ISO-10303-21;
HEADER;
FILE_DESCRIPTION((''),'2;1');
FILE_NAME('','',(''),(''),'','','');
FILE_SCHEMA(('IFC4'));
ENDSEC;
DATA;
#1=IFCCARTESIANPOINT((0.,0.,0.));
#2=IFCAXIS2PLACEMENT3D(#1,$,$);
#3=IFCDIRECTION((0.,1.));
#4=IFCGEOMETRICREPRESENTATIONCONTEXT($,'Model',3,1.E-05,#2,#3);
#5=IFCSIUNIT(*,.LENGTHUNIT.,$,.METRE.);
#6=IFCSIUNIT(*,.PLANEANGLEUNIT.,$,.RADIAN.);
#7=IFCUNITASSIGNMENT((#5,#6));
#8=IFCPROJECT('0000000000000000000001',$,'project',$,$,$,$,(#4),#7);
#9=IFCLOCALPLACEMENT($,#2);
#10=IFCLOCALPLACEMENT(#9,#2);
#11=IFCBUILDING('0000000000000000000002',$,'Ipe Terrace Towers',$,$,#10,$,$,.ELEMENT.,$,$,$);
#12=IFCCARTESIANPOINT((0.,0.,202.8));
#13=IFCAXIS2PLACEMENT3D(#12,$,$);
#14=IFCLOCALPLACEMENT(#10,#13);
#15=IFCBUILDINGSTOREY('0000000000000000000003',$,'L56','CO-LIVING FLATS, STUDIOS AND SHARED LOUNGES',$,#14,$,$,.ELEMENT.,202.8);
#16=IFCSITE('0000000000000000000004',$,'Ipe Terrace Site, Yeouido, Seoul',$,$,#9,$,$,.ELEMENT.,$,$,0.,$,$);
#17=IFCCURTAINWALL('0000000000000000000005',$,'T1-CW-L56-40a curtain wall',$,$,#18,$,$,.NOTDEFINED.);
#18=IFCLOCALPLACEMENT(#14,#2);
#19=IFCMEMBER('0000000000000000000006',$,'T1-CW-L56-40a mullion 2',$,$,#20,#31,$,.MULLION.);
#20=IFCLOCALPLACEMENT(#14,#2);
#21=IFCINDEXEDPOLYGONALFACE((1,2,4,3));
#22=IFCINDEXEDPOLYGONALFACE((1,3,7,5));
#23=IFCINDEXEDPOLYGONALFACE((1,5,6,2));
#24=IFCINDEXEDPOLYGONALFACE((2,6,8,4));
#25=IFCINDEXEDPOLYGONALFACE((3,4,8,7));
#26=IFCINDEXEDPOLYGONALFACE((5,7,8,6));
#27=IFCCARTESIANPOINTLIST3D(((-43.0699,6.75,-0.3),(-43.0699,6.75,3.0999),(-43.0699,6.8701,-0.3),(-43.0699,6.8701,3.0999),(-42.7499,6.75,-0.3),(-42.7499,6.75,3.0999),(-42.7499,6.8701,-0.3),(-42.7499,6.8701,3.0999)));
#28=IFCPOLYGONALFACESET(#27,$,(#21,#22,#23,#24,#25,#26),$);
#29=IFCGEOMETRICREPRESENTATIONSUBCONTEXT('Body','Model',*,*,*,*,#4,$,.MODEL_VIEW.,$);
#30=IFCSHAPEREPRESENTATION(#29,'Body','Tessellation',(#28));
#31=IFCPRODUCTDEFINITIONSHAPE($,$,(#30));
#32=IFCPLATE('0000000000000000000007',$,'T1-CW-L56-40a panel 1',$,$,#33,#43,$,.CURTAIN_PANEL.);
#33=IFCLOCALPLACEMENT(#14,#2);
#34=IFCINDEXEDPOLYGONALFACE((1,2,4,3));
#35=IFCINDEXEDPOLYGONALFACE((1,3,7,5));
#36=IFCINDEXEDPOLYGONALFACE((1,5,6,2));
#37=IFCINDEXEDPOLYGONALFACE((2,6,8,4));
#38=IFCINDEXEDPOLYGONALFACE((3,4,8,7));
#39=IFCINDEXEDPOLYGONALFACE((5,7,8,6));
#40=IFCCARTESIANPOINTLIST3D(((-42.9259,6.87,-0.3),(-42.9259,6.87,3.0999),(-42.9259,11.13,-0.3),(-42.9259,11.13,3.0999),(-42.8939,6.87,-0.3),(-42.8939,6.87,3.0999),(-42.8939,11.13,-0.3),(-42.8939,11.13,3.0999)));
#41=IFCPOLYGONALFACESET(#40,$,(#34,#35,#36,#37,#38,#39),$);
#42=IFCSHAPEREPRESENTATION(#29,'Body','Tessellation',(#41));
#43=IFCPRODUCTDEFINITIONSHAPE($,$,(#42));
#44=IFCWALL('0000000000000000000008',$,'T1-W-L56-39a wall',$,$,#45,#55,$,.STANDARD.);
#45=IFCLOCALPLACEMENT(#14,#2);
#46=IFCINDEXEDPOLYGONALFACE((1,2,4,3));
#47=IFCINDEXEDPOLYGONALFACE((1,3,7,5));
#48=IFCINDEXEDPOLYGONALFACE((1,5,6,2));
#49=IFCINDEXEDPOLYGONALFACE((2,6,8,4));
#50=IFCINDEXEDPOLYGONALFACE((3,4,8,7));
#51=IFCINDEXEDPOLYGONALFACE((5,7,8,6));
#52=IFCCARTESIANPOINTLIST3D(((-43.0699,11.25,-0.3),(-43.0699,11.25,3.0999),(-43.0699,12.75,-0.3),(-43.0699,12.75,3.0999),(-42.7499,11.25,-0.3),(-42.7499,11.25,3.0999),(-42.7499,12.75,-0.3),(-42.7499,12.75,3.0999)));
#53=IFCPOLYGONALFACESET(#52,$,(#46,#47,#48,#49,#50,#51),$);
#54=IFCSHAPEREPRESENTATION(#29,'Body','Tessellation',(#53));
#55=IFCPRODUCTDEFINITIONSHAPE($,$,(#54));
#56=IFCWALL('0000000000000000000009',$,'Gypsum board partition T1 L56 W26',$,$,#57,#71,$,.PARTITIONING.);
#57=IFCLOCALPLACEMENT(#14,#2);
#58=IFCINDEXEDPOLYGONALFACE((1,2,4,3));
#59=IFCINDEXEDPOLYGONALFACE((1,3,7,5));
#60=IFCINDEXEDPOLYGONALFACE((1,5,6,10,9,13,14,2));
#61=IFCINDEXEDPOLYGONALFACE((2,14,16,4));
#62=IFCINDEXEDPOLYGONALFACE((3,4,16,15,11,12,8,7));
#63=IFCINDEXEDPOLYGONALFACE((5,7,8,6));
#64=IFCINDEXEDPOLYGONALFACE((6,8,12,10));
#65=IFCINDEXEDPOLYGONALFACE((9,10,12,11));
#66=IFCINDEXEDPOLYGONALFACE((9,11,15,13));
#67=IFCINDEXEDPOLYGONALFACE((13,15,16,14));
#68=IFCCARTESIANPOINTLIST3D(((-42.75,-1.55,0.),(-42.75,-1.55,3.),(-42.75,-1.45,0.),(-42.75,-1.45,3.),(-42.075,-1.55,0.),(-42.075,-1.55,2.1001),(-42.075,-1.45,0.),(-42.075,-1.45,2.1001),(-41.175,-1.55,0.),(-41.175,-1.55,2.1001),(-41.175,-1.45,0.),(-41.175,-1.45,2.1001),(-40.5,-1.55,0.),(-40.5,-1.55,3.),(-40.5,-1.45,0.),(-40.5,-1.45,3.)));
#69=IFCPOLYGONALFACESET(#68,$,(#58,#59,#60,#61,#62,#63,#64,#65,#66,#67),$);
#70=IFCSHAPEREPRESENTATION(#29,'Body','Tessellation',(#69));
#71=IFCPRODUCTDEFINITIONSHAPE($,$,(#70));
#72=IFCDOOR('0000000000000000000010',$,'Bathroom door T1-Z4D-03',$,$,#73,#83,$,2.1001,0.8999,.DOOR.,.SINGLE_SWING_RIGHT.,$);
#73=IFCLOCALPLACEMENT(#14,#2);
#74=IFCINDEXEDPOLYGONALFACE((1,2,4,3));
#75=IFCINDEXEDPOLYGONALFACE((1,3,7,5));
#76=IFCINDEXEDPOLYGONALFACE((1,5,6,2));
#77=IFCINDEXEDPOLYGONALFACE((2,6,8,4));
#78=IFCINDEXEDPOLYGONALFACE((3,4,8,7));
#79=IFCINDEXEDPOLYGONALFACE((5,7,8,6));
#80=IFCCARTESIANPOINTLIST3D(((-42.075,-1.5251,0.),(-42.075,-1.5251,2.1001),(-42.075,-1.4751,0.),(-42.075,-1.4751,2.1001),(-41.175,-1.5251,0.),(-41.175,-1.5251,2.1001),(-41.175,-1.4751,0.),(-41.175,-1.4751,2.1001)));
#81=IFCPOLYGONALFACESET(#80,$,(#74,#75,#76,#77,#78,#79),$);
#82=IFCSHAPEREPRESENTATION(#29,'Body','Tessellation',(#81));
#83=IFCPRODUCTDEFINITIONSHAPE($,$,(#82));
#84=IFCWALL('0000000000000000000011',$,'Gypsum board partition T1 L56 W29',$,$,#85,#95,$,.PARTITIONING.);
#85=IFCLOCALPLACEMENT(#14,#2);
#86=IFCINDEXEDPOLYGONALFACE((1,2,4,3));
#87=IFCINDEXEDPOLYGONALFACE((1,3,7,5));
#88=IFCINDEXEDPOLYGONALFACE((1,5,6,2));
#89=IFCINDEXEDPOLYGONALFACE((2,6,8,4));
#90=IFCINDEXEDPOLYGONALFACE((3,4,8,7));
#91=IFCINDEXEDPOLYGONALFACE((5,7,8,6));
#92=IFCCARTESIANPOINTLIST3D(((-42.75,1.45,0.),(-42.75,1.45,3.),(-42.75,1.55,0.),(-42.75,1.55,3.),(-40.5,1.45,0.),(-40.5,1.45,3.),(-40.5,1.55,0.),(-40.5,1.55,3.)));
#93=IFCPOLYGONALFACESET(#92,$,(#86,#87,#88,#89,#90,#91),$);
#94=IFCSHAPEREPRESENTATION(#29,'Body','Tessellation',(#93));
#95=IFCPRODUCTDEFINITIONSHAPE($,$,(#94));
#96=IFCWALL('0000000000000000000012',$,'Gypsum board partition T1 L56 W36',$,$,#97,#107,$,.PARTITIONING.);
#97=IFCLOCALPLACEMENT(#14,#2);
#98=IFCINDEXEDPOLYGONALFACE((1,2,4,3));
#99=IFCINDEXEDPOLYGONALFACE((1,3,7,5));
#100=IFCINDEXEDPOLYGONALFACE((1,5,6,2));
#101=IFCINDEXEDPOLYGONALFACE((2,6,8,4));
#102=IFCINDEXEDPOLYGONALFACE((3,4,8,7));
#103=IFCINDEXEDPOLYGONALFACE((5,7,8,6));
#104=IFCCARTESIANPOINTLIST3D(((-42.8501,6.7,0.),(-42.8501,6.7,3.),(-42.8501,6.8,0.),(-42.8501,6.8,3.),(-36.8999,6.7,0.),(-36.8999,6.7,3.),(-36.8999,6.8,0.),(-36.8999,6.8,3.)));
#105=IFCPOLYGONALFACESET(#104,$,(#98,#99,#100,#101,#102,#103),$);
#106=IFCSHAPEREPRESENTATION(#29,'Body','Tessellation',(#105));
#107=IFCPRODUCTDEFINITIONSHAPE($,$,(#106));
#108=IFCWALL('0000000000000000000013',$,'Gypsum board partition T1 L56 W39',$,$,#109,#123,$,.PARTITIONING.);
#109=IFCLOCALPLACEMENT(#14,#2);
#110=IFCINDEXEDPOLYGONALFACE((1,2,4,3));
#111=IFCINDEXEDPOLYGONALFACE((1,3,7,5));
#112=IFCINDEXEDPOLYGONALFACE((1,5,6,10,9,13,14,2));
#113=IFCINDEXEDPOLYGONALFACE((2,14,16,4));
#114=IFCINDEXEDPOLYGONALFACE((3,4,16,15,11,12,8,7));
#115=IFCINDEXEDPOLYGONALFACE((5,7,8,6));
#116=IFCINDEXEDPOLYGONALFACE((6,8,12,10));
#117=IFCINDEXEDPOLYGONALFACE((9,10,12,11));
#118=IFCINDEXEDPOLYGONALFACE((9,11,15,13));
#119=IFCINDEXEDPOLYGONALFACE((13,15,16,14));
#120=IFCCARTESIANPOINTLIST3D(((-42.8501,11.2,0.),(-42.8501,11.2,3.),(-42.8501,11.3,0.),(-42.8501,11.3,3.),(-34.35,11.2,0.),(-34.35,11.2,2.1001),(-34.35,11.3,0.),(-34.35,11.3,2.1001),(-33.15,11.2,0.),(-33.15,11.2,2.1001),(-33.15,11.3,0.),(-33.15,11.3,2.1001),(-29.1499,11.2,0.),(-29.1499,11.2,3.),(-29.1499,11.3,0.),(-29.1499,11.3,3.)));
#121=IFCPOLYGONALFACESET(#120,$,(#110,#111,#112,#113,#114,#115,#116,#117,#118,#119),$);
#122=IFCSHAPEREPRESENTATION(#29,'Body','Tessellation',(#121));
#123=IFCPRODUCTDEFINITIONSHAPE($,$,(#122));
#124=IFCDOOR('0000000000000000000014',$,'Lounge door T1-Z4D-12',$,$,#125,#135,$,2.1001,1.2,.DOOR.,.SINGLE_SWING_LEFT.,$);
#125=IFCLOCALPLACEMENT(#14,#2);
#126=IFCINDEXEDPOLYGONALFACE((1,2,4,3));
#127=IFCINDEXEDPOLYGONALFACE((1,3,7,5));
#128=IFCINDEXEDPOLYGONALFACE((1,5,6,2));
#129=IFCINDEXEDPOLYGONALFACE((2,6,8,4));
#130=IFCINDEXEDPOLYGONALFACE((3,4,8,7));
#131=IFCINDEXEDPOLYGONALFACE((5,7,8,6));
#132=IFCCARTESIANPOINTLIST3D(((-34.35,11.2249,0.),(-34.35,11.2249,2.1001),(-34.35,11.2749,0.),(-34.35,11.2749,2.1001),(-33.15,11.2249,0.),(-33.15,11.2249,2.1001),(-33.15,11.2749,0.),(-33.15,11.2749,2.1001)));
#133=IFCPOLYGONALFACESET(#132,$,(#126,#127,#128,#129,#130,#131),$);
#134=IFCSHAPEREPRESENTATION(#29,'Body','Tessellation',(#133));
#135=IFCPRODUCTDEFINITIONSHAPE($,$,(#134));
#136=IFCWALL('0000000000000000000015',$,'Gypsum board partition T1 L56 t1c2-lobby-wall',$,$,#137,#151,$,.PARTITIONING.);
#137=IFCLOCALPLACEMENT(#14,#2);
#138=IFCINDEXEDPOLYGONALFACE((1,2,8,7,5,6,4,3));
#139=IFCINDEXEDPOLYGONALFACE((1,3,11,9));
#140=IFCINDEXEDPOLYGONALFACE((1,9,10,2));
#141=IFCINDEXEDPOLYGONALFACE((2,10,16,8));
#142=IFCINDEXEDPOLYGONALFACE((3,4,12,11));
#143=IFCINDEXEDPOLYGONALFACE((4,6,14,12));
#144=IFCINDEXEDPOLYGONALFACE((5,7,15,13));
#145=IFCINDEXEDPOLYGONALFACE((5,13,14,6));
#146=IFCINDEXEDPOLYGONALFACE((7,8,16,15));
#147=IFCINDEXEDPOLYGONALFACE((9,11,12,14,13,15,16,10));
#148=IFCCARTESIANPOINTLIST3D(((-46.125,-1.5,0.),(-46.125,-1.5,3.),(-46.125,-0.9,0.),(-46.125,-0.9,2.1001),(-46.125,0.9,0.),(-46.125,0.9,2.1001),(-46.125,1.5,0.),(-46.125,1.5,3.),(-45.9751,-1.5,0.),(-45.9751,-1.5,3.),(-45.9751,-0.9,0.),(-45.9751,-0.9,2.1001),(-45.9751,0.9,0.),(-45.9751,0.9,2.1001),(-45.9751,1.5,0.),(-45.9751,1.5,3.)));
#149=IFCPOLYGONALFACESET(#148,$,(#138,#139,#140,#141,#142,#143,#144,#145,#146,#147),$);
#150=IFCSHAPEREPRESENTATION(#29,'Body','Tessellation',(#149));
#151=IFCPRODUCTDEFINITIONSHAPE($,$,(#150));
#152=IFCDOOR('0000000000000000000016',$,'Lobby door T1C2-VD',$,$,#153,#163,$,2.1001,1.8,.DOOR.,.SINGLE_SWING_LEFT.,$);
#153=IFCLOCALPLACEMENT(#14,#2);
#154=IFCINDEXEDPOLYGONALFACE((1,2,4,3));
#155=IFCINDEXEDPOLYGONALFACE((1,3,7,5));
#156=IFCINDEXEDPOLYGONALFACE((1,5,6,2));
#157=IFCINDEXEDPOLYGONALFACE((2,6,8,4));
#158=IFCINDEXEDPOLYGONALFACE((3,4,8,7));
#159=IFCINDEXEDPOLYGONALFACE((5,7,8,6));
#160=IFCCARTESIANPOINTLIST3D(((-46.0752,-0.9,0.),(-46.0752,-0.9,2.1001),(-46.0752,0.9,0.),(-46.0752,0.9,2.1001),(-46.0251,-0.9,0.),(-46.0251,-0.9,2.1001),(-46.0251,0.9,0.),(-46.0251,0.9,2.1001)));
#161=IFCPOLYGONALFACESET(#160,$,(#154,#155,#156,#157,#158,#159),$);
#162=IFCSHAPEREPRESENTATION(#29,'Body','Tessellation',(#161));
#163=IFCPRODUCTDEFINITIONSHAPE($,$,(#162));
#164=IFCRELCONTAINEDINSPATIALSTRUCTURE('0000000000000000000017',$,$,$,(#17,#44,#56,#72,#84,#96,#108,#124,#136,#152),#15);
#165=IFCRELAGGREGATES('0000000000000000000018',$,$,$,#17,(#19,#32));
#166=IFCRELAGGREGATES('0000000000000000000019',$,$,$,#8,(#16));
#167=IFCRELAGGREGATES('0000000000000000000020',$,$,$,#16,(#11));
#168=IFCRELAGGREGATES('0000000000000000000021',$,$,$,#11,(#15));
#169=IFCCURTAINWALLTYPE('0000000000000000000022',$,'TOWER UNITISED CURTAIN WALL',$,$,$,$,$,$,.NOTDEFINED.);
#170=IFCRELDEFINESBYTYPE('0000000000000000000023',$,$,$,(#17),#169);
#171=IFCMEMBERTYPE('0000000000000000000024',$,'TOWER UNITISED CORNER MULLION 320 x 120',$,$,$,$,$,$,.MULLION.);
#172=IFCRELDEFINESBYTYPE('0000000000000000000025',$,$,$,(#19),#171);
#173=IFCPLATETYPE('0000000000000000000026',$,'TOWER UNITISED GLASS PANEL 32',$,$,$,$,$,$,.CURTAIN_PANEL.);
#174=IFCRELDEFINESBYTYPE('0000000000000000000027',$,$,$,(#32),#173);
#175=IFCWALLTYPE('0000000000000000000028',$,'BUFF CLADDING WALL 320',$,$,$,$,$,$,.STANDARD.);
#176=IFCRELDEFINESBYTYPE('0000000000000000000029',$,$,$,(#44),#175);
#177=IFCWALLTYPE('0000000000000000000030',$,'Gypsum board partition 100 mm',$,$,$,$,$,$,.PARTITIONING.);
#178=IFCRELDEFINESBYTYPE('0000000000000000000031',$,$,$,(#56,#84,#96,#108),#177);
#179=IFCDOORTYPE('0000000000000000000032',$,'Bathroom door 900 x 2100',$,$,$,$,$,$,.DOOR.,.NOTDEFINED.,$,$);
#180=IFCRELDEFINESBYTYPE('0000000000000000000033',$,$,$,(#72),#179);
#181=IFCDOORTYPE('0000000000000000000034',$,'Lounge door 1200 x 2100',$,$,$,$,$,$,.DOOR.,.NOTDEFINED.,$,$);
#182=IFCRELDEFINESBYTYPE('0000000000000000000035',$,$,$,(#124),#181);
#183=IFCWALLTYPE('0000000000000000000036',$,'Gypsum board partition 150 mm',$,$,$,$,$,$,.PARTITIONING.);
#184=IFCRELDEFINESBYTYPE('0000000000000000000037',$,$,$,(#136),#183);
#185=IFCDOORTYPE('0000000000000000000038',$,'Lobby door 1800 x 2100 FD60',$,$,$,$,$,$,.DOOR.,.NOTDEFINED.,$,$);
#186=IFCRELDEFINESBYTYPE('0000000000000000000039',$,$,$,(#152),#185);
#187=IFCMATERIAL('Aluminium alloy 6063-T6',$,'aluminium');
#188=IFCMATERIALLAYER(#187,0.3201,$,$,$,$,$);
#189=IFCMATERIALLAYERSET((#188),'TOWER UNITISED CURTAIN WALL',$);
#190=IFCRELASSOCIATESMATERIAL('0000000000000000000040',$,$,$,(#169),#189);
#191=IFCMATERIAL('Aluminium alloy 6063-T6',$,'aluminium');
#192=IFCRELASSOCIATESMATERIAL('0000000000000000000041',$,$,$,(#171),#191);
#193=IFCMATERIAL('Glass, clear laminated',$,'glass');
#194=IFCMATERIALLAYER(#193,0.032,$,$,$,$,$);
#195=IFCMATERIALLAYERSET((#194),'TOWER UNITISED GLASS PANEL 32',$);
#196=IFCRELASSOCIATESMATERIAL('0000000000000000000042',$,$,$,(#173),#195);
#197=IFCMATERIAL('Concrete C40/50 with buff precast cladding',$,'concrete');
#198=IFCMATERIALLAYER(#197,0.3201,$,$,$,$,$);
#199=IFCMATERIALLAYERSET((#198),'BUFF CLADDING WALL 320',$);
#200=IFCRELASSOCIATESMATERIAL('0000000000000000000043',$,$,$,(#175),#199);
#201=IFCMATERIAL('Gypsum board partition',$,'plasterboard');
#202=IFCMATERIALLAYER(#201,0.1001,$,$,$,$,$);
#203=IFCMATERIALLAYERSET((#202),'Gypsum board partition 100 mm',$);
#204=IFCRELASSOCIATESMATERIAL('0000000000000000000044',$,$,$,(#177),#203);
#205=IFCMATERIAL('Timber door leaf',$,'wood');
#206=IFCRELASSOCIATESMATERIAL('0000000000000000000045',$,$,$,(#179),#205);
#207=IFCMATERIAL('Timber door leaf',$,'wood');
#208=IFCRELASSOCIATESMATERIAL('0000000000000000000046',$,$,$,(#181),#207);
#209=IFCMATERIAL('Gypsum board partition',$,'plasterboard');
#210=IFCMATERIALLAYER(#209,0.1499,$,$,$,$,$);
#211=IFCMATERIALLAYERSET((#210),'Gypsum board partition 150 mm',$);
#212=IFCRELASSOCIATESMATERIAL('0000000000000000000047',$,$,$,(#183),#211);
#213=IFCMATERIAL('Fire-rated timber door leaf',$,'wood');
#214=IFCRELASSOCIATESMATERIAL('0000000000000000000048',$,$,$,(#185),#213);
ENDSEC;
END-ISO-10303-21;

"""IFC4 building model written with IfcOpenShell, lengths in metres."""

from ifc_helpers import new_model, si_unit, direction, frame, frame_2d, origin, origin_2d, place, context, subcontext, project, spatial, rectangle, extrude, material, layer, layer_set, material_profile, profile_set, type_object, element, fill, aggregate, save


model = new_model("IFC4")

# Units and contexts
model_context = context("Model", 3, precision=1e-05, world=origin(), true_north=direction((0.0, 1.0)))
body_context = subcontext(model_context, "Body", "Model", "MODEL_VIEW")
ifc_project = project(units=[si_unit("LENGTHUNIT", "METRE"), si_unit("PLANEANGLEUNIT", "RADIAN")], contexts=[model_context])

# Site, building, storey
site_placement = place(None, origin())
site = spatial("IfcSite", under=ifc_project, at=site_placement, Name="Ipe Terrace Site, Yeouido, Seoul", CompositionType="ELEMENT", RefElevation=0.0)
building_placement = place(site_placement, origin())
building = spatial("IfcBuilding", under=site, at=building_placement, Name="Ipe Terrace Towers", CompositionType="ELEMENT")
storey_placement = place(building_placement, frame((0.0, 0.0, 202.8)))
storey = spatial("IfcBuildingStorey", under=building, at=storey_placement, Name="L56", Description="CO-LIVING FLATS, STUDIOS AND SHARED LOUNGES", CompositionType="ELEMENT", Elevation=202.8)

# Curtain wall, member, plate
ifc_material_1 = material(Name="Aluminium alloy 6063-T6", Category="aluminium")
ifc_layer_1 = layer(ifc_material_1, 0.3201)
ifc_layer_set_1 = layer_set([ifc_layer_1], Name="TOWER UNITISED CURTAIN WALL")
curtain_wall_type = type_object("IfcCurtainWallType", Name="TOWER UNITISED CURTAIN WALL", PredefinedType="NOTDEFINED", material=ifc_layer_set_1)
curtain_wall_placement = place(storey_placement, origin())
curtain_wall = element("IfcCurtainWall", 1, at=curtain_wall_placement, inside=storey, type_object=curtain_wall_type, Name="T1-CW-L56-40a curtain wall", PredefinedType="NOTDEFINED")
ifc_material_2 = material(Name="Aluminium alloy 6063-T6", Category="aluminium")
ifc_material_profile_1 = material_profile(ifc_material_2, rectangle(XDim=0.3201, YDim=0.1201, at=origin_2d()), Name="TOWER UNITISED CORNER MULLION 320 x 120")
ifc_profile_set_1 = profile_set([ifc_material_profile_1], Name="Aluminium alloy 6063-T6")
member_type = type_object("IfcMemberType", Name="TOWER UNITISED CORNER MULLION 320 x 120", PredefinedType="MULLION", material=ifc_profile_set_1)
member_1_placement = place(storey_placement, frame((-42.9099, 6.8101, -0.3), z_axis=(0.0, 0.0, 1.0), x_axis=(-1.0, 0.0, 0.0)))
member_1 = element("IfcMember", 2, at=member_1_placement, type_object=member_type, Name="T1-CW-L56-40a mullion 2", PredefinedType="MULLION", context=body_context, shape_type="SweptSolid", body=[
    extrude(rectangle(XDim=0.3201, YDim=0.1201, at=origin_2d()), origin(), (0.0, 0.0, 1.0), 3.3999),
])
ifc_material_3 = material(Name="Glass, clear laminated", Category="glass")
ifc_layer_2 = layer(ifc_material_3, 0.032)
ifc_layer_set_2 = layer_set([ifc_layer_2], Name="TOWER UNITISED GLASS PANEL 32")
plate_type = type_object("IfcPlateType", Name="TOWER UNITISED GLASS PANEL 32", PredefinedType="CURTAIN_PANEL", material=ifc_layer_set_2)
plate_placement = place(storey_placement, frame((-42.9099, 9.0, -0.3), z_axis=(0.0, 0.0, 1.0), x_axis=(0.0, -1.0, 0.0)))
plate = element("IfcPlate", 3, at=plate_placement, type_object=plate_type, Name="T1-CW-L56-40a panel 1", PredefinedType="CURTAIN_PANEL", context=body_context, shape_type="SweptSolid", body=[
    extrude(rectangle(XDim=4.26, YDim=0.032, at=origin_2d()), origin(), (0.0, 0.0, 1.0), 3.3999),
])
aggregate(curtain_wall, [member_1, plate])

# Wall
ifc_material_4 = material(Name="Concrete C40/50 with buff precast cladding", Category="concrete")
ifc_layer_3 = layer(ifc_material_4, 0.3201)
ifc_layer_set_3 = layer_set([ifc_layer_3], Name="BUFF CLADDING WALL 320")
wall_type_1 = type_object("IfcWallType", Name="BUFF CLADDING WALL 320", PredefinedType="STANDARD", material=ifc_layer_set_3)
wall_1_placement = place(storey_placement, frame((-42.9099, 12.75, -0.3), z_axis=(0.0, 0.0, 1.0), x_axis=(0.0, -1.0, 0.0)))
element("IfcWall", 4, at=wall_1_placement, inside=storey, type_object=wall_type_1, Name="T1-W-L56-39a wall", PredefinedType="STANDARD", context=body_context, shape_type="SweptSolid", body=[
    extrude(rectangle(XDim=1.5, YDim=0.3201, at=frame_2d((0.75, 0.0))), origin(), (0.0, 0.0, 1.0), 3.3999),
])

# Wall, opening, door
ifc_material_5 = material(Name="Gypsum board partition", Category="plasterboard")
ifc_layer_4 = layer(ifc_material_5, 0.1001)
ifc_layer_set_4 = layer_set([ifc_layer_4], Name="Gypsum board partition 100 mm")
wall_type_2 = type_object("IfcWallType", Name="Gypsum board partition 100 mm", PredefinedType="PARTITIONING", material=ifc_layer_set_4)
wall_2_placement = place(storey_placement, frame((-42.75, -1.5, 0.0), z_axis=(0.0, 0.0, 1.0), x_axis=(1.0, 0.0, 0.0)))
wall_2 = element("IfcWall", 5, at=wall_2_placement, inside=storey, type_object=wall_type_2, Name="Gypsum board partition T1 L56 W26", PredefinedType="PARTITIONING", context=body_context, shape_type="SweptSolid", body=[
    extrude(rectangle(XDim=2.25, YDim=0.1001, at=frame_2d((1.125, 0.0))), origin(), (0.0, 0.0, 1.0), 3.0),
])
opening_1_placement = place(wall_2_placement, frame((0.675, 0.0, 0.0)))
opening_1 = element("IfcOpeningElement", 6, at=opening_1_placement, cuts=wall_2, PredefinedType="OPENING", context=body_context, shape_type="SweptSolid", body=[
    extrude(rectangle(XDim=0.8999, YDim=2.1001, at=frame_2d((0.45, 1.05))), frame((0.0, 0.0601, 0.0), z_axis=(0.0, -1.0, 0.0), x_axis=(1.0, 0.0, 0.0)), (0.0, 0.0, 1.0), 0.1201),
])
ifc_material_6 = material(Name="Timber door leaf", Category="wood")
door_type_1 = type_object("IfcDoorType", Name="Bathroom door 900 x 2100", OperationType="NOTDEFINED", PredefinedType="DOOR", material=ifc_material_6)
door_1_placement = place(opening_1_placement, origin())
door_1 = element("IfcDoor", 7, at=door_1_placement, inside=storey, type_object=door_type_1, Name="Bathroom door T1-Z4D-03", OperationType="SINGLE_SWING_RIGHT", OverallHeight=2.1001, OverallWidth=0.8999, PredefinedType="DOOR", context=body_context, shape_type="SweptSolid", body=[
    extrude(rectangle(XDim=0.8999, YDim=2.1001, at=frame_2d((0.45, 1.05))), frame((0.0, 0.0249, 0.0), z_axis=(0.0, -1.0, 0.0), x_axis=(1.0, 0.0, 0.0)), (0.0, 0.0, 1.0), 0.05),
])
fill(opening_1, door_1)

# Walls
wall_3_placement = place(storey_placement, frame((-42.75, 1.5, 0.0), z_axis=(0.0, 0.0, 1.0), x_axis=(1.0, 0.0, 0.0)))
element("IfcWall", 8, at=wall_3_placement, inside=storey, type_object=wall_type_2, Name="Gypsum board partition T1 L56 W29", PredefinedType="PARTITIONING", context=body_context, shape_type="SweptSolid", body=[
    extrude(rectangle(XDim=2.25, YDim=0.1001, at=frame_2d((1.125, 0.0))), origin(), (0.0, 0.0, 1.0), 3.0),
])
wall_4_placement = place(storey_placement, frame((-42.8501, 6.75, 0.0), z_axis=(0.0, 0.0, 1.0), x_axis=(1.0, 0.0, 0.0)))
element("IfcWall", 9, at=wall_4_placement, inside=storey, type_object=wall_type_2, Name="Gypsum board partition T1 L56 W36", PredefinedType="PARTITIONING", context=body_context, shape_type="SweptSolid", body=[
    extrude(rectangle(XDim=5.9502, YDim=0.1001, at=frame_2d((2.9751, 0.0))), origin(), (0.0, 0.0, 1.0), 3.0),
])

# Walls, openings, doors
wall_5_placement = place(storey_placement, frame((-42.8501, 11.25, 0.0), z_axis=(0.0, 0.0, 1.0), x_axis=(1.0, 0.0, 0.0)))
wall_5 = element("IfcWall", 10, at=wall_5_placement, inside=storey, type_object=wall_type_2, Name="Gypsum board partition T1 L56 W39", PredefinedType="PARTITIONING", context=body_context, shape_type="SweptSolid", body=[
    extrude(rectangle(XDim=13.7002, YDim=0.1001, at=frame_2d((6.8501, 0.0))), origin(), (0.0, 0.0, 1.0), 3.0),
])
opening_2_placement = place(wall_5_placement, frame((8.5, 0.0, 0.0)))
opening_2 = element("IfcOpeningElement", 11, at=opening_2_placement, cuts=wall_5, PredefinedType="OPENING", context=body_context, shape_type="SweptSolid", body=[
    extrude(rectangle(XDim=1.2, YDim=2.1001, at=frame_2d((0.6001, 1.05))), frame((0.0, 0.0601, 0.0), z_axis=(0.0, -1.0, 0.0), x_axis=(1.0, 0.0, 0.0)), (0.0, 0.0, 1.0), 0.1201),
])
ifc_material_7 = material(Name="Timber door leaf", Category="wood")
door_type_2 = type_object("IfcDoorType", Name="Lounge door 1200 x 2100", OperationType="NOTDEFINED", PredefinedType="DOOR", material=ifc_material_7)
door_2_placement = place(opening_2_placement, origin())
door_2 = element("IfcDoor", 12, at=door_2_placement, inside=storey, type_object=door_type_2, Name="Lounge door T1-Z4D-12", OperationType="SINGLE_SWING_LEFT", OverallHeight=2.1001, OverallWidth=1.2, PredefinedType="DOOR", context=body_context, shape_type="SweptSolid", body=[
    extrude(rectangle(XDim=1.2, YDim=2.1001, at=frame_2d((0.6001, 1.05))), frame((0.0, 0.0249, 0.0), z_axis=(0.0, -1.0, 0.0), x_axis=(1.0, 0.0, 0.0)), (0.0, 0.0, 1.0), 0.05),
])
fill(opening_2, door_2)
ifc_material_8 = material(Name="Gypsum board partition", Category="plasterboard")
ifc_layer_5 = layer(ifc_material_8, 0.1499)
ifc_layer_set_5 = layer_set([ifc_layer_5], Name="Gypsum board partition 150 mm")
wall_type_3 = type_object("IfcWallType", Name="Gypsum board partition 150 mm", PredefinedType="PARTITIONING", material=ifc_layer_set_5)
wall_6_placement = place(storey_placement, frame((-46.05, 1.5, 0.0), z_axis=(0.0, 0.0, 1.0), x_axis=(0.0, -1.0, 0.0)))
wall_6 = element("IfcWall", 13, at=wall_6_placement, inside=storey, type_object=wall_type_3, Name="Gypsum board partition T1 L56 t1c2-lobby-wall", PredefinedType="PARTITIONING", context=body_context, shape_type="SweptSolid", body=[
    extrude(rectangle(XDim=3.0, YDim=0.1499, at=frame_2d((1.5, 0.0))), origin(), (0.0, 0.0, 1.0), 3.0),
])
opening_3_placement = place(wall_6_placement, frame((0.6001, 0.0, 0.0)))
opening_3 = element("IfcOpeningElement", 14, at=opening_3_placement, cuts=wall_6, PredefinedType="OPENING", context=body_context, shape_type="SweptSolid", body=[
    extrude(rectangle(XDim=1.8, YDim=2.1001, at=frame_2d((0.8999, 1.05))), frame((0.0, 0.085, 0.0), z_axis=(0.0, -1.0, 0.0), x_axis=(1.0, 0.0, 0.0)), (0.0, 0.0, 1.0), 0.1699),
])
ifc_material_9 = material(Name="Fire-rated timber door leaf", Category="wood")
door_type_3 = type_object("IfcDoorType", Name="Lobby door 1800 x 2100 FD60", OperationType="NOTDEFINED", PredefinedType="DOOR", material=ifc_material_9)
door_3_placement = place(opening_3_placement, origin())
door_3 = element("IfcDoor", 15, at=door_3_placement, inside=storey, type_object=door_type_3, Name="Lobby door T1C2-VD", OperationType="SINGLE_SWING_LEFT", OverallHeight=2.1001, OverallWidth=1.8, PredefinedType="DOOR", context=body_context, shape_type="SweptSolid", body=[
    extrude(rectangle(XDim=1.8, YDim=2.1001, at=frame_2d((0.8999, 1.05))), frame((0.0, 0.0249, 0.0), z_axis=(0.0, -1.0, 0.0), x_axis=(1.0, 0.0, 0.0)), (0.0, 0.0, 1.0), 0.05),
])
fill(opening_3, door_3)

save(model, "model.ifc")
